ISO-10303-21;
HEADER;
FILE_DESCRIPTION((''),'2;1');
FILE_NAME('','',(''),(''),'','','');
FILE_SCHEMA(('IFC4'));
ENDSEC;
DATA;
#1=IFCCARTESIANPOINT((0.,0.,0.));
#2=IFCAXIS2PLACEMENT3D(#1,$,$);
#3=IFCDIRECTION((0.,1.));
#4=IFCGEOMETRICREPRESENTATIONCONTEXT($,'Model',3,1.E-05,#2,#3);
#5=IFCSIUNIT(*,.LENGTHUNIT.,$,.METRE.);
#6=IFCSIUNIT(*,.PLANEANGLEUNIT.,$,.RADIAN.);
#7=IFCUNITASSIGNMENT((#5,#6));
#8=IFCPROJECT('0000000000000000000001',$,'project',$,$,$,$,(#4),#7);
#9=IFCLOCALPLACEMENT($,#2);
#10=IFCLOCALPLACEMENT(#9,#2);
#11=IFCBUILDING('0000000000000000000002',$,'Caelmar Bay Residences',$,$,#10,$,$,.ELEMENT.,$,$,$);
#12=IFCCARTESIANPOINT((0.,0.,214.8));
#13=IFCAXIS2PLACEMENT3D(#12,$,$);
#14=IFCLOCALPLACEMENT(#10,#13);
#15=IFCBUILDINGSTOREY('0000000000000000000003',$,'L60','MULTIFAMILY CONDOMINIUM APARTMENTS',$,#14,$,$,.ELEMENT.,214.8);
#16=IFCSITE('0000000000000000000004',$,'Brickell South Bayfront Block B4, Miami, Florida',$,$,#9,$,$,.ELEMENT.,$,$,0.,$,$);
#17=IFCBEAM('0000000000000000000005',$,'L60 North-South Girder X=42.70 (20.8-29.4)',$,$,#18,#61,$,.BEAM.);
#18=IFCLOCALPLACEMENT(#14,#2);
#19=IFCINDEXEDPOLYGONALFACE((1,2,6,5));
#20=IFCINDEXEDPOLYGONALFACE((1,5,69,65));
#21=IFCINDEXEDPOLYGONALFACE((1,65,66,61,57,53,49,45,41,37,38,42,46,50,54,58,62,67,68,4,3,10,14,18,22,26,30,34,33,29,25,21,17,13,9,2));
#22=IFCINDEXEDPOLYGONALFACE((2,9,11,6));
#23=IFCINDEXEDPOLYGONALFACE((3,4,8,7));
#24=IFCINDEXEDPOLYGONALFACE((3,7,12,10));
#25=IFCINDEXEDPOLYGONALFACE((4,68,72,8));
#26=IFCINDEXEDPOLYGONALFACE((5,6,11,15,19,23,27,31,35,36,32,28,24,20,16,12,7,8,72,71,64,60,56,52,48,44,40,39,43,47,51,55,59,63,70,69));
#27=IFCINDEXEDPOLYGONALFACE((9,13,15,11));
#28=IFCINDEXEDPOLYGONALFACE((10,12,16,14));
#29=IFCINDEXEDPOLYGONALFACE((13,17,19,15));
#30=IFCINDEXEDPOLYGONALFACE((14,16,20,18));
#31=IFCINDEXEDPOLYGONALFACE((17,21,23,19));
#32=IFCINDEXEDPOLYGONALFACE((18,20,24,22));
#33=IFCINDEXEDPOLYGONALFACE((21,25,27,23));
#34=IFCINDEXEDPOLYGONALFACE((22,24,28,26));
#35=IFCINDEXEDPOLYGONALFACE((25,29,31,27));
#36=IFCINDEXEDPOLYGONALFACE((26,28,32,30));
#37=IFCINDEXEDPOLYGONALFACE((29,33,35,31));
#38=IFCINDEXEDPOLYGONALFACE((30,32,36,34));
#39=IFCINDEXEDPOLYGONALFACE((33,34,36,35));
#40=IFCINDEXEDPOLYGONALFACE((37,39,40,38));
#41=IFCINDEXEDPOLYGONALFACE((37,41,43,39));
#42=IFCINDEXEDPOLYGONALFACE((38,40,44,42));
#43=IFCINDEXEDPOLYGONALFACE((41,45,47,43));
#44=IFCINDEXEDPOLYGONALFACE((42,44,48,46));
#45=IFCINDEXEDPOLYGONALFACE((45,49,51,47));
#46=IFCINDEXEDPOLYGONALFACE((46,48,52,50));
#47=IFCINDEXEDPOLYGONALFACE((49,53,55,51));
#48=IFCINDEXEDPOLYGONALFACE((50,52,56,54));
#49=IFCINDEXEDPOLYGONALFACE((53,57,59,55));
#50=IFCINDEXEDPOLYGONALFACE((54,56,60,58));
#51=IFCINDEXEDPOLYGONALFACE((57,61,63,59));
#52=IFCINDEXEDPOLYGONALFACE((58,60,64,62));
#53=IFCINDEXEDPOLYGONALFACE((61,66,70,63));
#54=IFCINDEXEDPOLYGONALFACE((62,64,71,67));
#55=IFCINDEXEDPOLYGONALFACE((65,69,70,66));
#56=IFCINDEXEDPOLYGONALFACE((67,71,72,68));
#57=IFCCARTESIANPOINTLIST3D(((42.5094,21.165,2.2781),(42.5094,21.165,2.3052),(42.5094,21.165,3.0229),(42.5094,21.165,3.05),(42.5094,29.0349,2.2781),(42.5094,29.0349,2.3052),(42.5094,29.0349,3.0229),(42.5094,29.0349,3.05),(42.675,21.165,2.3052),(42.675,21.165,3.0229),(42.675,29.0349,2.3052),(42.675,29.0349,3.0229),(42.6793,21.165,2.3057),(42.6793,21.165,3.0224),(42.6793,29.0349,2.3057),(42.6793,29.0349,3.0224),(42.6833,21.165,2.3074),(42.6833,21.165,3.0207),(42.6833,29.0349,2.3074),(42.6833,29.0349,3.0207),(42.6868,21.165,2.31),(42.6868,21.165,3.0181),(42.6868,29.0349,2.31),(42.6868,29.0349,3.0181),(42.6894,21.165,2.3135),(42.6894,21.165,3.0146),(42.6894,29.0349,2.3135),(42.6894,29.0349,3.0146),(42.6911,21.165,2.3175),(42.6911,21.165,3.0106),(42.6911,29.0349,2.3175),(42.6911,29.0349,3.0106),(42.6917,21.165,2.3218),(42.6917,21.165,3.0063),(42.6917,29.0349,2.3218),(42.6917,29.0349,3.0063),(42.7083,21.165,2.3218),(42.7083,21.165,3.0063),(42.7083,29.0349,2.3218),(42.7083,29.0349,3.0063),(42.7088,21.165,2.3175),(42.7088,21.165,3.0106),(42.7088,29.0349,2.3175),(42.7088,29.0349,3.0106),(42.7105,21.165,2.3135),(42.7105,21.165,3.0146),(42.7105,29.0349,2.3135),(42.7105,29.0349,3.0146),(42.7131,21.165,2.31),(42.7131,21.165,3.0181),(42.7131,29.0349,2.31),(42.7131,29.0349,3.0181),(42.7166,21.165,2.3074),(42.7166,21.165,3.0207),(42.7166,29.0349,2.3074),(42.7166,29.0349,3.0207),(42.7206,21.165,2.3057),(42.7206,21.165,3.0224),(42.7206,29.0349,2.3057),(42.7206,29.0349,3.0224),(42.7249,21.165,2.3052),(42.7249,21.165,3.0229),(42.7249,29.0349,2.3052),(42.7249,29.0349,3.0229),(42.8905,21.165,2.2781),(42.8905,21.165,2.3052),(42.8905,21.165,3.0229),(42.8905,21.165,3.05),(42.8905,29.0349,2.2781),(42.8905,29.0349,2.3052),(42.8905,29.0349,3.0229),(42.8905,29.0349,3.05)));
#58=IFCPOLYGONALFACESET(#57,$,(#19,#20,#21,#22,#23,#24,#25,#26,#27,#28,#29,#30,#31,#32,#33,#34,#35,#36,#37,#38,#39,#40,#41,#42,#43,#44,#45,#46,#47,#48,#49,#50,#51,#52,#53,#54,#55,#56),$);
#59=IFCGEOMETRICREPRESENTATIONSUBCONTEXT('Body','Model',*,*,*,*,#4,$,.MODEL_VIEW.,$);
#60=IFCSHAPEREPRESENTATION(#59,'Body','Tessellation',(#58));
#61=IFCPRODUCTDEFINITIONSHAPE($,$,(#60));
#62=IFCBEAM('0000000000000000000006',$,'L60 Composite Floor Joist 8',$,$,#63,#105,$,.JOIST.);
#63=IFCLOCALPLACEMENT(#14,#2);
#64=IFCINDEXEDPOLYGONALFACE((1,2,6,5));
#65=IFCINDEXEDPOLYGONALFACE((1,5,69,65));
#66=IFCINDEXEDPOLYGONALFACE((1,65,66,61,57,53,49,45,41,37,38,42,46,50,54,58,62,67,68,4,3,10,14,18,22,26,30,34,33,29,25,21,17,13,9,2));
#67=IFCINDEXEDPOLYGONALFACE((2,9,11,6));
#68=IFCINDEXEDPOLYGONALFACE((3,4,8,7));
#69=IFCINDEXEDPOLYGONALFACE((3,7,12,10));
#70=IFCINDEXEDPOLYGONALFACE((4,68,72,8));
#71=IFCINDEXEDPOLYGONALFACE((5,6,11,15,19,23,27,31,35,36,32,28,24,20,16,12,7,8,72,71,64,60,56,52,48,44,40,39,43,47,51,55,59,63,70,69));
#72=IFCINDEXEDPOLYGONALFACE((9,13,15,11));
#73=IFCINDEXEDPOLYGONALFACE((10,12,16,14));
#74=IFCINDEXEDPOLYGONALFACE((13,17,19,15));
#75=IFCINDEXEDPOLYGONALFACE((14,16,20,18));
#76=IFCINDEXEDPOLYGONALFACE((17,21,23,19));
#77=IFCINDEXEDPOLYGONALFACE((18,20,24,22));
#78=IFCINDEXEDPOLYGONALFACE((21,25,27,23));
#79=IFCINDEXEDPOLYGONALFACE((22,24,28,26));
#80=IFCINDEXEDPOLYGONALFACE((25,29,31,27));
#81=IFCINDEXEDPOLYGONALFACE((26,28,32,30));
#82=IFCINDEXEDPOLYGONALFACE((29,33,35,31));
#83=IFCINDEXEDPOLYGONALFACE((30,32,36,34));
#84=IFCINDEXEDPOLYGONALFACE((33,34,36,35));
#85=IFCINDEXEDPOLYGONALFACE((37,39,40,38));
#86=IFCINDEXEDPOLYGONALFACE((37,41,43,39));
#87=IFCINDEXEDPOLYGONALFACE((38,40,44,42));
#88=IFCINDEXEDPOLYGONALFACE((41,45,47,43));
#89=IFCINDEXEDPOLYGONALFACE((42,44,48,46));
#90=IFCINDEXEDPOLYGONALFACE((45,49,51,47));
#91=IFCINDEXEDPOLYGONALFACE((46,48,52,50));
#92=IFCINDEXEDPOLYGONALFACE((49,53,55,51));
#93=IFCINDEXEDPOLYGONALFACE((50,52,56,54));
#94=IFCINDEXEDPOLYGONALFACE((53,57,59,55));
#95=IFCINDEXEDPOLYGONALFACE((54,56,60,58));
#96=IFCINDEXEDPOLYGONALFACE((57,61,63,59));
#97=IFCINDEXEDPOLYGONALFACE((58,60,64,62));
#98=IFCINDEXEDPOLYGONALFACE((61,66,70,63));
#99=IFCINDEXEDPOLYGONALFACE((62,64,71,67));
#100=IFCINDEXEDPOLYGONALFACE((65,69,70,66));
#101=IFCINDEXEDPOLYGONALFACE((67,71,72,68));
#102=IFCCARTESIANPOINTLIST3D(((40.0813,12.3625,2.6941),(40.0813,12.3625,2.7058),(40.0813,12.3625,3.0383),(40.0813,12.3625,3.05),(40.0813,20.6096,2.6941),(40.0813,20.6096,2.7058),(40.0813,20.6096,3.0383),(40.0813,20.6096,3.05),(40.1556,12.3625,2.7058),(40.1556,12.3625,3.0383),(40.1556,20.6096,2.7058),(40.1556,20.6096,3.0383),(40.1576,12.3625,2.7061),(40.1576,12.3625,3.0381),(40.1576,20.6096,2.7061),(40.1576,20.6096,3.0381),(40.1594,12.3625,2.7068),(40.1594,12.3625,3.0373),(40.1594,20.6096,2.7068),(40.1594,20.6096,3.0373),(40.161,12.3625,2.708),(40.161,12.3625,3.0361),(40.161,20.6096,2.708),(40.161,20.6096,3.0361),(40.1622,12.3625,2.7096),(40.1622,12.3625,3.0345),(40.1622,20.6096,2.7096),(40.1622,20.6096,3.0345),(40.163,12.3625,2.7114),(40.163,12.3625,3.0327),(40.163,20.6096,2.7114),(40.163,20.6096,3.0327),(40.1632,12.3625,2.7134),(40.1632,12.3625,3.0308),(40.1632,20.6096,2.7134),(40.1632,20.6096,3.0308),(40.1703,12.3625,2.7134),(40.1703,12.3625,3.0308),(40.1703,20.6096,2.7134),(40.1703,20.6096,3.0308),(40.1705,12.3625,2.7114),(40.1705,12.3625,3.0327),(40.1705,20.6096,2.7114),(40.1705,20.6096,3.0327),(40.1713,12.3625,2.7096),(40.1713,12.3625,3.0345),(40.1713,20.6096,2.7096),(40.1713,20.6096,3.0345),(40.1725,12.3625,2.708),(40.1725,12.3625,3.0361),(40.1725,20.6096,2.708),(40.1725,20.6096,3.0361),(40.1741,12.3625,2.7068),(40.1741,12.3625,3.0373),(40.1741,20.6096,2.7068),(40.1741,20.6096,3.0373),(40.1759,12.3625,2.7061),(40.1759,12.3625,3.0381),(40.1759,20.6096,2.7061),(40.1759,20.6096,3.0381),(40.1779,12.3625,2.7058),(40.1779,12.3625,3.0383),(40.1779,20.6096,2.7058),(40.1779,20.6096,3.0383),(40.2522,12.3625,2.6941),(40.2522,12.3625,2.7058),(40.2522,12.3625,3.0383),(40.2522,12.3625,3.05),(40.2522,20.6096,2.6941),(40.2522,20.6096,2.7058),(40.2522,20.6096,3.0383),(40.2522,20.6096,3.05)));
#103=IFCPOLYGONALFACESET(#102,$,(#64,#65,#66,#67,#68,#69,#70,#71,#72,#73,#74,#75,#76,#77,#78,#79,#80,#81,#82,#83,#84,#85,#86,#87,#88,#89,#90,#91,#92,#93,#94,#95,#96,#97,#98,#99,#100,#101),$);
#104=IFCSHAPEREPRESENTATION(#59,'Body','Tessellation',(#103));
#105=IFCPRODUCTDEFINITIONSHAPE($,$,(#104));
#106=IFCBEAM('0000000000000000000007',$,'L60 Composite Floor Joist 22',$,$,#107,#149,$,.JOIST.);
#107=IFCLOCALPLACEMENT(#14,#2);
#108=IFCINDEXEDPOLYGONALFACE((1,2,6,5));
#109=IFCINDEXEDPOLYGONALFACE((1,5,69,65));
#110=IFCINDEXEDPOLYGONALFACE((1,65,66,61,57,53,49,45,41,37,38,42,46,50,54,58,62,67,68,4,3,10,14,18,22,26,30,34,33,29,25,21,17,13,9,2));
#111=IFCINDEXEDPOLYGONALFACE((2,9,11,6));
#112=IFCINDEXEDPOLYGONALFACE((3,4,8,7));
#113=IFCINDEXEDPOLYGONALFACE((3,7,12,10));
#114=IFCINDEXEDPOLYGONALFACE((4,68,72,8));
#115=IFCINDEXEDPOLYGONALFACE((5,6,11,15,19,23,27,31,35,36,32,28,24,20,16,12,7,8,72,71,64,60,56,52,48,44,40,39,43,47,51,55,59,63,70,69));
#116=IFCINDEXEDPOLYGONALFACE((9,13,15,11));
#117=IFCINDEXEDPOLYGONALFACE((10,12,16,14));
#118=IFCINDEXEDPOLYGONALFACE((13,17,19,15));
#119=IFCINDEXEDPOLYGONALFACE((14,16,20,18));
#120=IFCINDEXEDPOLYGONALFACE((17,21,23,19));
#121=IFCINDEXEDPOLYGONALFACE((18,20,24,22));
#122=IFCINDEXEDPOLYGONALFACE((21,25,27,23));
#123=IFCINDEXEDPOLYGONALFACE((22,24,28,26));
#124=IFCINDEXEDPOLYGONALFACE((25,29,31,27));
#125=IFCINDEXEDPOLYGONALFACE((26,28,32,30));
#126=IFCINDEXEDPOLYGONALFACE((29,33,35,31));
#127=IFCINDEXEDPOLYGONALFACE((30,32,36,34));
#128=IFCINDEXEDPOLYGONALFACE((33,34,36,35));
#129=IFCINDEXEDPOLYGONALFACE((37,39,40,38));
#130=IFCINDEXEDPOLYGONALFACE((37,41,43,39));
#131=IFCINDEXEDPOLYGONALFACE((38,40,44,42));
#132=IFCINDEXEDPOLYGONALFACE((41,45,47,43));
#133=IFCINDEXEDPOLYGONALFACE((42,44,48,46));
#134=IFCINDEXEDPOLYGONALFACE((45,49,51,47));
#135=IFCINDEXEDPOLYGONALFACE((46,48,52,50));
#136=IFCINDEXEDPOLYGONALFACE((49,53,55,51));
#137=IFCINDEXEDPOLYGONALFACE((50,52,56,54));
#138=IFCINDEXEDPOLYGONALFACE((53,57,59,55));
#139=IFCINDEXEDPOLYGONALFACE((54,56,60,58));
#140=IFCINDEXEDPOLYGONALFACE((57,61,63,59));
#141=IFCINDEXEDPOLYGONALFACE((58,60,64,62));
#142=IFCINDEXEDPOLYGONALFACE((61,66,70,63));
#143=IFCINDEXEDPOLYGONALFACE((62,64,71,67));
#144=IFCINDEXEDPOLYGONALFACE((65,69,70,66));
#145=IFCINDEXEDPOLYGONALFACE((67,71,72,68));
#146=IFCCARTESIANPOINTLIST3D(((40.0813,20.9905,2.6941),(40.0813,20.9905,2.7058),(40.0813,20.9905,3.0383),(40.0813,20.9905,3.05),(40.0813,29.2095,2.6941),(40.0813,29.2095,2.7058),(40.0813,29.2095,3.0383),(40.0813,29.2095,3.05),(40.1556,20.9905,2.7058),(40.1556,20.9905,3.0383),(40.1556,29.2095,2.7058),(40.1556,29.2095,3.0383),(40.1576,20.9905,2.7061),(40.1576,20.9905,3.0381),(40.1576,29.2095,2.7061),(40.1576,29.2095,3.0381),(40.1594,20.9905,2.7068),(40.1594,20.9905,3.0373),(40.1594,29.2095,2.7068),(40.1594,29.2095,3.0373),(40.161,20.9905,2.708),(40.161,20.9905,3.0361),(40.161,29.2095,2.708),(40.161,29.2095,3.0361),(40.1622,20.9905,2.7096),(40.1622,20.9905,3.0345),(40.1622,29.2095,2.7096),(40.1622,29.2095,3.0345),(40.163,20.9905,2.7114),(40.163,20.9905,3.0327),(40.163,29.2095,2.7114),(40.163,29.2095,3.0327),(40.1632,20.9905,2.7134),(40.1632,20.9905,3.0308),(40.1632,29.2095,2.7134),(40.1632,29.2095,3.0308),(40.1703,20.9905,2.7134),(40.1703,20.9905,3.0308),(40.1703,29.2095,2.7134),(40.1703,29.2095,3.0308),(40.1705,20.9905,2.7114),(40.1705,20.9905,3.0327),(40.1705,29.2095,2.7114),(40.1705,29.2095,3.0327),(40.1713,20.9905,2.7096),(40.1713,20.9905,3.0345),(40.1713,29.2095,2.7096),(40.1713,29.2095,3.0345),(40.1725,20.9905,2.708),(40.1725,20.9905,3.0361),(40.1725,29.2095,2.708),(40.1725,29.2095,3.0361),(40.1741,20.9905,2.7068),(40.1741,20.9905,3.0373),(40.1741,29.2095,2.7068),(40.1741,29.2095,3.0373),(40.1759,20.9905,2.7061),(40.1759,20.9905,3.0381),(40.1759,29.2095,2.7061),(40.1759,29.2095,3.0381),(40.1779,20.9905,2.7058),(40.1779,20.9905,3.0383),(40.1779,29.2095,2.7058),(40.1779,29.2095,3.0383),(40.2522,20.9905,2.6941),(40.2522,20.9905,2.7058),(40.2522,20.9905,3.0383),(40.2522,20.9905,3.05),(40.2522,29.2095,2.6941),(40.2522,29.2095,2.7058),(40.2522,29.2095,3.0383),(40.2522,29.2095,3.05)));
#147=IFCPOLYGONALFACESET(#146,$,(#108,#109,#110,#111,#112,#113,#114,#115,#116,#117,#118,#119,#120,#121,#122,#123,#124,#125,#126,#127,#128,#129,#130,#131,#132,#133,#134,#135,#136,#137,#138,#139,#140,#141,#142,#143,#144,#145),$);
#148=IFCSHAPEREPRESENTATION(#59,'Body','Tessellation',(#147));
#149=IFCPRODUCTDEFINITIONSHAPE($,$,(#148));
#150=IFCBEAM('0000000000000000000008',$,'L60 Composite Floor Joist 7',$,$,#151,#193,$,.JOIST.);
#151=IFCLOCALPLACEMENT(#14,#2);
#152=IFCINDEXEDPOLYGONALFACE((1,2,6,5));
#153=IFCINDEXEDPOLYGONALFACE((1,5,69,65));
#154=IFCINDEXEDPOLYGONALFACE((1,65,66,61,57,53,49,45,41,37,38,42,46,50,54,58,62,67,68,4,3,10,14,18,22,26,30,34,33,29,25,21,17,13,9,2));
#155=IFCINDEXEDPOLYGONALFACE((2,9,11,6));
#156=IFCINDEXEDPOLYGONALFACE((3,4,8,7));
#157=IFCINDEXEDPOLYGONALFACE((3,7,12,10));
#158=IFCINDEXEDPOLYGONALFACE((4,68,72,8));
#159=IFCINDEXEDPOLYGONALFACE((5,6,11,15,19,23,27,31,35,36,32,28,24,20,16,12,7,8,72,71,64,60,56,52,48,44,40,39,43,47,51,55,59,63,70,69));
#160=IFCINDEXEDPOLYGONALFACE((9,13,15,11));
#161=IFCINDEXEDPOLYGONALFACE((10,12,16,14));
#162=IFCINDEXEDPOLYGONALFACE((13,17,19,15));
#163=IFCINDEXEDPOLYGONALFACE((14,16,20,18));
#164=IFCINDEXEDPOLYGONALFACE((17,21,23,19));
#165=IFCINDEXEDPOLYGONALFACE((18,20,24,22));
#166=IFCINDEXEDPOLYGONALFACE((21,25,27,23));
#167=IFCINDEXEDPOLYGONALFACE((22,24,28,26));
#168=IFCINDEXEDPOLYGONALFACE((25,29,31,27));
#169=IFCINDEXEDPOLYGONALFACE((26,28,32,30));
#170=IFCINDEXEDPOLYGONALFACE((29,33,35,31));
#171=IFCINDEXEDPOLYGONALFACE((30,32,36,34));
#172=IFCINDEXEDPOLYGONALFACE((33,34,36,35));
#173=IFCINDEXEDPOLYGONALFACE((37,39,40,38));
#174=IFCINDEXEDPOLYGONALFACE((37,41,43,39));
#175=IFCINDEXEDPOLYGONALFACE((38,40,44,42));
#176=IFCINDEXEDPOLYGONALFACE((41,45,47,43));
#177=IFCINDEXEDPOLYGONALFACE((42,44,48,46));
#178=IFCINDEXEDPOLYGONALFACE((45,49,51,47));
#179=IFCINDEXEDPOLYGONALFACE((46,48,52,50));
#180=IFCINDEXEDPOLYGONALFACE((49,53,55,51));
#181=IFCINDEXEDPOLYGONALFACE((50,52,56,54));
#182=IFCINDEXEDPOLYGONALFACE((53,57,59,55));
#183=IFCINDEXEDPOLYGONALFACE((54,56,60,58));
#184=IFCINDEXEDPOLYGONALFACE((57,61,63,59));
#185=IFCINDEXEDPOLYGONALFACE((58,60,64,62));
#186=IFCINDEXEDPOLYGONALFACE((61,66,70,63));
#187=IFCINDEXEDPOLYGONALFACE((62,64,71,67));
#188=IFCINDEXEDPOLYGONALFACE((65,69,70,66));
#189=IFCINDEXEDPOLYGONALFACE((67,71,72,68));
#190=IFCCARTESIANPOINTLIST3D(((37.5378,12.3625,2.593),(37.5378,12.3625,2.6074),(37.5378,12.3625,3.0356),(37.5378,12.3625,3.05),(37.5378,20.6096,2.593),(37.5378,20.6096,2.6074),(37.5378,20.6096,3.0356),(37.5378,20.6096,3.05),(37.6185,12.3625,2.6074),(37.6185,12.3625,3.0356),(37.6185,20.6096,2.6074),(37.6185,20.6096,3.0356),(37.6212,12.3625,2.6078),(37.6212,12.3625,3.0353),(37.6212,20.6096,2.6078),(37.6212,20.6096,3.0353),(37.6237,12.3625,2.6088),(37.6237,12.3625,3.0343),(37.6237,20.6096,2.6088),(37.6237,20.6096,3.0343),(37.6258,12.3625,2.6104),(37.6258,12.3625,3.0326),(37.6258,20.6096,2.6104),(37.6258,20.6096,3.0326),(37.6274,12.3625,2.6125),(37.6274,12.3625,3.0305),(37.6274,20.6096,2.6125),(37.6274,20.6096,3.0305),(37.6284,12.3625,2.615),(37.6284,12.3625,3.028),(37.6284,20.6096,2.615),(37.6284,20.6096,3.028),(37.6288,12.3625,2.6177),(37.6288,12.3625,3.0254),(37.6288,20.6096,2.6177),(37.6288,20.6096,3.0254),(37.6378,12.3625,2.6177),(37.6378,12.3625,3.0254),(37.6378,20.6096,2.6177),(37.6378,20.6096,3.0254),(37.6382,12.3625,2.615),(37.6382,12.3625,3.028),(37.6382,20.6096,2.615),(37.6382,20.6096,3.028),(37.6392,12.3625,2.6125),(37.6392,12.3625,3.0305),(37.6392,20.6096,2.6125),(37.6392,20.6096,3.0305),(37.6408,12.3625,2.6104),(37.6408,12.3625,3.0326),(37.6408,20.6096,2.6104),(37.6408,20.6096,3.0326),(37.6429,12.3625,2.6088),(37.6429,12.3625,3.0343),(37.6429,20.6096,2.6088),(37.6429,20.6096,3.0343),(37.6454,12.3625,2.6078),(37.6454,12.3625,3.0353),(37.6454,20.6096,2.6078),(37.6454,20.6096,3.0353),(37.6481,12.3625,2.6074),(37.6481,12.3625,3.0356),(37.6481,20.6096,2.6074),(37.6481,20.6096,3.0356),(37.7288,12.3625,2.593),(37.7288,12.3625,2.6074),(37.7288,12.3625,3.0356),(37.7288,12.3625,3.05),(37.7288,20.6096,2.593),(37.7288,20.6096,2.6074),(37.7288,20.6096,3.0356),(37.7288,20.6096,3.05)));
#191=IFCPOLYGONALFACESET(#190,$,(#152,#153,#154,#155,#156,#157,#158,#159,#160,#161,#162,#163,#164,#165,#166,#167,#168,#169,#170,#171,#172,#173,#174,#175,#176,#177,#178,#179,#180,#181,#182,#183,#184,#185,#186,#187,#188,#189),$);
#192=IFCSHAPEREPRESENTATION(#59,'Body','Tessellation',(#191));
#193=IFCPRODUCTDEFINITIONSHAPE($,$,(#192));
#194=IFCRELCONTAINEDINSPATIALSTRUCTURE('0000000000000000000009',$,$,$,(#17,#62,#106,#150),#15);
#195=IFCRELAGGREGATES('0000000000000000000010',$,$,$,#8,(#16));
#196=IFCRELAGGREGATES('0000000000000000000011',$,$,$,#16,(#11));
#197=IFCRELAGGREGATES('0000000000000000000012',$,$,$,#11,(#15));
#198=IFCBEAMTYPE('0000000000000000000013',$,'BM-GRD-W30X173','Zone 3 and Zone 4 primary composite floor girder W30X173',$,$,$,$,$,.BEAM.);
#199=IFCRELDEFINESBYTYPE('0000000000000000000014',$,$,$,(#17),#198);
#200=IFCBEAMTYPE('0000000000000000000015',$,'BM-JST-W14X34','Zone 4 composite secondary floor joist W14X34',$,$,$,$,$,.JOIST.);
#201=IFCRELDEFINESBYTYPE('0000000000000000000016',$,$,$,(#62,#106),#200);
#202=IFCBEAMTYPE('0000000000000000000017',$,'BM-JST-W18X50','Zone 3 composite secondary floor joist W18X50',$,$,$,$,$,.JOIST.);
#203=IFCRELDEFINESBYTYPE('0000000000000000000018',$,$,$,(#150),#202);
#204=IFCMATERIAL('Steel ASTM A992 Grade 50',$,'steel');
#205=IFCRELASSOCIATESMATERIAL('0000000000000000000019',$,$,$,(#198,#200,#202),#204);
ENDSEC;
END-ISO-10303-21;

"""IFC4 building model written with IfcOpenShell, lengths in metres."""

from ifc_helpers import new_model, si_unit, direction, frame, origin, origin_2d, place, context, subcontext, project, spatial, i_section, extrude, material, material_profile, profile_set, type_object, element, save


model = new_model("IFC4")

# Units and contexts
model_context = context("Model", 3, precision=1e-05, world=origin(), true_north=direction((0.0, 1.0)))
body_context = subcontext(model_context, "Body", "Model", "MODEL_VIEW")
ifc_project = project(units=[si_unit("LENGTHUNIT", "METRE"), si_unit("PLANEANGLEUNIT", "RADIAN")], contexts=[model_context])

# Site, building, storey
site_placement = place(None, origin())
site = spatial("IfcSite", under=ifc_project, at=site_placement, Name="Brickell South Bayfront Block B4, Miami, Florida", CompositionType="ELEMENT", RefElevation=0.0)
building_placement = place(site_placement, origin())
building = spatial("IfcBuilding", under=site, at=building_placement, Name="Caelmar Bay Residences", CompositionType="ELEMENT")
storey_placement = place(building_placement, frame((0.0, 0.0, 214.8)))
storey = spatial("IfcBuildingStorey", under=building, at=storey_placement, Name="L60", Description="MULTIFAMILY CONDOMINIUM APARTMENTS", CompositionType="ELEMENT", Elevation=214.8)

# Beams
ifc_material_1 = material(Name="Steel ASTM A992 Grade 50", Category="steel")
ifc_material_profile_1 = material_profile(ifc_material_1, i_section(OverallWidth=0.3811, OverallDepth=0.772, WebThickness=0.0166, FlangeThickness=0.0271, FilletRadius=0.0166, at=origin_2d()), Name="W30X173")
ifc_profile_set_1 = profile_set([ifc_material_profile_1], Name="Steel ASTM A992 Grade 50")
beam_type_1 = type_object("IfcBeamType", Name="BM-GRD-W30X173", Description="Zone 3 and Zone 4 primary composite floor girder W30X173", PredefinedType="BEAM", material=ifc_profile_set_1)
beam_1_placement = place(storey_placement, frame((42.7, 21.165, 2.6641), z_axis=(0.0, 1.0, 0.0), x_axis=(-1.0, 0.0, 0.0)))
element("IfcBeam", 1, at=beam_1_placement, inside=storey, type_object=beam_type_1, Name="L60 North-South Girder X=42.70 (20.8-29.4)", PredefinedType="BEAM", context=body_context, shape_type="SweptSolid", body=[
    extrude(i_section(OverallWidth=0.3811, OverallDepth=0.772, WebThickness=0.0166, FlangeThickness=0.0271, FilletRadius=0.0166, at=origin_2d()), origin(), (0.0, 0.0, 1.0), 7.8699),
])
ifc_material_profile_2 = material_profile(ifc_material_1, i_section(OverallWidth=0.1709, OverallDepth=0.356, WebThickness=0.0071, FlangeThickness=0.0117, FilletRadius=0.0076, at=origin_2d()), Name="W14X34")
ifc_profile_set_2 = profile_set([ifc_material_profile_2], Name="Steel ASTM A992 Grade 50")
beam_type_2 = type_object("IfcBeamType", Name="BM-JST-W14X34", Description="Zone 4 composite secondary floor joist W14X34", PredefinedType="JOIST", material=ifc_profile_set_2)
beam_2_placement = place(storey_placement, frame((40.1667, 12.3625, 2.8721), z_axis=(0.0, 1.0, 0.0), x_axis=(-1.0, 0.0, 0.0)))
element("IfcBeam", 2, at=beam_2_placement, inside=storey, type_object=beam_type_2, Name="L60 Composite Floor Joist 8", PredefinedType="JOIST", context=body_context, shape_type="SweptSolid", body=[
    extrude(i_section(OverallWidth=0.1709, OverallDepth=0.356, WebThickness=0.0071, FlangeThickness=0.0117, FilletRadius=0.0076, at=origin_2d()), origin(), (0.0, 0.0, 1.0), 8.2471),
])
beam_3_placement = place(storey_placement, frame((40.1667, 20.9905, 2.8721), z_axis=(0.0, 1.0, 0.0), x_axis=(-1.0, 0.0, 0.0)))
element("IfcBeam", 3, at=beam_3_placement, inside=storey, type_object=beam_type_2, Name="L60 Composite Floor Joist 22", PredefinedType="JOIST", context=body_context, shape_type="SweptSolid", body=[
    extrude(i_section(OverallWidth=0.1709, OverallDepth=0.356, WebThickness=0.0071, FlangeThickness=0.0117, FilletRadius=0.0076, at=origin_2d()), origin(), (0.0, 0.0, 1.0), 8.219),
])
ifc_material_profile_3 = material_profile(ifc_material_1, i_section(OverallWidth=0.1909, OverallDepth=0.457, WebThickness=0.009, FlangeThickness=0.0144, FilletRadius=0.0103, at=origin_2d()), Name="W18X50")
ifc_profile_set_3 = profile_set([ifc_material_profile_3], Name="Steel ASTM A992 Grade 50")
beam_type_3 = type_object("IfcBeamType", Name="BM-JST-W18X50", Description="Zone 3 composite secondary floor joist W18X50", PredefinedType="JOIST", material=ifc_profile_set_3)
for number, where, z_axis, x_axis, name in (
    (4, (37.6333, 12.3625, 2.8215), (0.0, 1.0, 0.0), (-1.0, 0.0, 0.0), "L60 Composite Floor Joist 7"),
):
    element("IfcBeam", number, at=place(storey_placement, frame(where, z_axis=z_axis, x_axis=x_axis)), inside=storey, type_object=beam_type_3, Name=name, PredefinedType="JOIST", context=body_context, shape_type="SweptSolid", body=[
        extrude(i_section(OverallWidth=0.1909, OverallDepth=0.457, WebThickness=0.009, FlangeThickness=0.0144, FilletRadius=0.0103, at=origin_2d()), origin(), (0.0, 0.0, 1.0), 8.2471),
    ])

save(model, "model.ifc")
